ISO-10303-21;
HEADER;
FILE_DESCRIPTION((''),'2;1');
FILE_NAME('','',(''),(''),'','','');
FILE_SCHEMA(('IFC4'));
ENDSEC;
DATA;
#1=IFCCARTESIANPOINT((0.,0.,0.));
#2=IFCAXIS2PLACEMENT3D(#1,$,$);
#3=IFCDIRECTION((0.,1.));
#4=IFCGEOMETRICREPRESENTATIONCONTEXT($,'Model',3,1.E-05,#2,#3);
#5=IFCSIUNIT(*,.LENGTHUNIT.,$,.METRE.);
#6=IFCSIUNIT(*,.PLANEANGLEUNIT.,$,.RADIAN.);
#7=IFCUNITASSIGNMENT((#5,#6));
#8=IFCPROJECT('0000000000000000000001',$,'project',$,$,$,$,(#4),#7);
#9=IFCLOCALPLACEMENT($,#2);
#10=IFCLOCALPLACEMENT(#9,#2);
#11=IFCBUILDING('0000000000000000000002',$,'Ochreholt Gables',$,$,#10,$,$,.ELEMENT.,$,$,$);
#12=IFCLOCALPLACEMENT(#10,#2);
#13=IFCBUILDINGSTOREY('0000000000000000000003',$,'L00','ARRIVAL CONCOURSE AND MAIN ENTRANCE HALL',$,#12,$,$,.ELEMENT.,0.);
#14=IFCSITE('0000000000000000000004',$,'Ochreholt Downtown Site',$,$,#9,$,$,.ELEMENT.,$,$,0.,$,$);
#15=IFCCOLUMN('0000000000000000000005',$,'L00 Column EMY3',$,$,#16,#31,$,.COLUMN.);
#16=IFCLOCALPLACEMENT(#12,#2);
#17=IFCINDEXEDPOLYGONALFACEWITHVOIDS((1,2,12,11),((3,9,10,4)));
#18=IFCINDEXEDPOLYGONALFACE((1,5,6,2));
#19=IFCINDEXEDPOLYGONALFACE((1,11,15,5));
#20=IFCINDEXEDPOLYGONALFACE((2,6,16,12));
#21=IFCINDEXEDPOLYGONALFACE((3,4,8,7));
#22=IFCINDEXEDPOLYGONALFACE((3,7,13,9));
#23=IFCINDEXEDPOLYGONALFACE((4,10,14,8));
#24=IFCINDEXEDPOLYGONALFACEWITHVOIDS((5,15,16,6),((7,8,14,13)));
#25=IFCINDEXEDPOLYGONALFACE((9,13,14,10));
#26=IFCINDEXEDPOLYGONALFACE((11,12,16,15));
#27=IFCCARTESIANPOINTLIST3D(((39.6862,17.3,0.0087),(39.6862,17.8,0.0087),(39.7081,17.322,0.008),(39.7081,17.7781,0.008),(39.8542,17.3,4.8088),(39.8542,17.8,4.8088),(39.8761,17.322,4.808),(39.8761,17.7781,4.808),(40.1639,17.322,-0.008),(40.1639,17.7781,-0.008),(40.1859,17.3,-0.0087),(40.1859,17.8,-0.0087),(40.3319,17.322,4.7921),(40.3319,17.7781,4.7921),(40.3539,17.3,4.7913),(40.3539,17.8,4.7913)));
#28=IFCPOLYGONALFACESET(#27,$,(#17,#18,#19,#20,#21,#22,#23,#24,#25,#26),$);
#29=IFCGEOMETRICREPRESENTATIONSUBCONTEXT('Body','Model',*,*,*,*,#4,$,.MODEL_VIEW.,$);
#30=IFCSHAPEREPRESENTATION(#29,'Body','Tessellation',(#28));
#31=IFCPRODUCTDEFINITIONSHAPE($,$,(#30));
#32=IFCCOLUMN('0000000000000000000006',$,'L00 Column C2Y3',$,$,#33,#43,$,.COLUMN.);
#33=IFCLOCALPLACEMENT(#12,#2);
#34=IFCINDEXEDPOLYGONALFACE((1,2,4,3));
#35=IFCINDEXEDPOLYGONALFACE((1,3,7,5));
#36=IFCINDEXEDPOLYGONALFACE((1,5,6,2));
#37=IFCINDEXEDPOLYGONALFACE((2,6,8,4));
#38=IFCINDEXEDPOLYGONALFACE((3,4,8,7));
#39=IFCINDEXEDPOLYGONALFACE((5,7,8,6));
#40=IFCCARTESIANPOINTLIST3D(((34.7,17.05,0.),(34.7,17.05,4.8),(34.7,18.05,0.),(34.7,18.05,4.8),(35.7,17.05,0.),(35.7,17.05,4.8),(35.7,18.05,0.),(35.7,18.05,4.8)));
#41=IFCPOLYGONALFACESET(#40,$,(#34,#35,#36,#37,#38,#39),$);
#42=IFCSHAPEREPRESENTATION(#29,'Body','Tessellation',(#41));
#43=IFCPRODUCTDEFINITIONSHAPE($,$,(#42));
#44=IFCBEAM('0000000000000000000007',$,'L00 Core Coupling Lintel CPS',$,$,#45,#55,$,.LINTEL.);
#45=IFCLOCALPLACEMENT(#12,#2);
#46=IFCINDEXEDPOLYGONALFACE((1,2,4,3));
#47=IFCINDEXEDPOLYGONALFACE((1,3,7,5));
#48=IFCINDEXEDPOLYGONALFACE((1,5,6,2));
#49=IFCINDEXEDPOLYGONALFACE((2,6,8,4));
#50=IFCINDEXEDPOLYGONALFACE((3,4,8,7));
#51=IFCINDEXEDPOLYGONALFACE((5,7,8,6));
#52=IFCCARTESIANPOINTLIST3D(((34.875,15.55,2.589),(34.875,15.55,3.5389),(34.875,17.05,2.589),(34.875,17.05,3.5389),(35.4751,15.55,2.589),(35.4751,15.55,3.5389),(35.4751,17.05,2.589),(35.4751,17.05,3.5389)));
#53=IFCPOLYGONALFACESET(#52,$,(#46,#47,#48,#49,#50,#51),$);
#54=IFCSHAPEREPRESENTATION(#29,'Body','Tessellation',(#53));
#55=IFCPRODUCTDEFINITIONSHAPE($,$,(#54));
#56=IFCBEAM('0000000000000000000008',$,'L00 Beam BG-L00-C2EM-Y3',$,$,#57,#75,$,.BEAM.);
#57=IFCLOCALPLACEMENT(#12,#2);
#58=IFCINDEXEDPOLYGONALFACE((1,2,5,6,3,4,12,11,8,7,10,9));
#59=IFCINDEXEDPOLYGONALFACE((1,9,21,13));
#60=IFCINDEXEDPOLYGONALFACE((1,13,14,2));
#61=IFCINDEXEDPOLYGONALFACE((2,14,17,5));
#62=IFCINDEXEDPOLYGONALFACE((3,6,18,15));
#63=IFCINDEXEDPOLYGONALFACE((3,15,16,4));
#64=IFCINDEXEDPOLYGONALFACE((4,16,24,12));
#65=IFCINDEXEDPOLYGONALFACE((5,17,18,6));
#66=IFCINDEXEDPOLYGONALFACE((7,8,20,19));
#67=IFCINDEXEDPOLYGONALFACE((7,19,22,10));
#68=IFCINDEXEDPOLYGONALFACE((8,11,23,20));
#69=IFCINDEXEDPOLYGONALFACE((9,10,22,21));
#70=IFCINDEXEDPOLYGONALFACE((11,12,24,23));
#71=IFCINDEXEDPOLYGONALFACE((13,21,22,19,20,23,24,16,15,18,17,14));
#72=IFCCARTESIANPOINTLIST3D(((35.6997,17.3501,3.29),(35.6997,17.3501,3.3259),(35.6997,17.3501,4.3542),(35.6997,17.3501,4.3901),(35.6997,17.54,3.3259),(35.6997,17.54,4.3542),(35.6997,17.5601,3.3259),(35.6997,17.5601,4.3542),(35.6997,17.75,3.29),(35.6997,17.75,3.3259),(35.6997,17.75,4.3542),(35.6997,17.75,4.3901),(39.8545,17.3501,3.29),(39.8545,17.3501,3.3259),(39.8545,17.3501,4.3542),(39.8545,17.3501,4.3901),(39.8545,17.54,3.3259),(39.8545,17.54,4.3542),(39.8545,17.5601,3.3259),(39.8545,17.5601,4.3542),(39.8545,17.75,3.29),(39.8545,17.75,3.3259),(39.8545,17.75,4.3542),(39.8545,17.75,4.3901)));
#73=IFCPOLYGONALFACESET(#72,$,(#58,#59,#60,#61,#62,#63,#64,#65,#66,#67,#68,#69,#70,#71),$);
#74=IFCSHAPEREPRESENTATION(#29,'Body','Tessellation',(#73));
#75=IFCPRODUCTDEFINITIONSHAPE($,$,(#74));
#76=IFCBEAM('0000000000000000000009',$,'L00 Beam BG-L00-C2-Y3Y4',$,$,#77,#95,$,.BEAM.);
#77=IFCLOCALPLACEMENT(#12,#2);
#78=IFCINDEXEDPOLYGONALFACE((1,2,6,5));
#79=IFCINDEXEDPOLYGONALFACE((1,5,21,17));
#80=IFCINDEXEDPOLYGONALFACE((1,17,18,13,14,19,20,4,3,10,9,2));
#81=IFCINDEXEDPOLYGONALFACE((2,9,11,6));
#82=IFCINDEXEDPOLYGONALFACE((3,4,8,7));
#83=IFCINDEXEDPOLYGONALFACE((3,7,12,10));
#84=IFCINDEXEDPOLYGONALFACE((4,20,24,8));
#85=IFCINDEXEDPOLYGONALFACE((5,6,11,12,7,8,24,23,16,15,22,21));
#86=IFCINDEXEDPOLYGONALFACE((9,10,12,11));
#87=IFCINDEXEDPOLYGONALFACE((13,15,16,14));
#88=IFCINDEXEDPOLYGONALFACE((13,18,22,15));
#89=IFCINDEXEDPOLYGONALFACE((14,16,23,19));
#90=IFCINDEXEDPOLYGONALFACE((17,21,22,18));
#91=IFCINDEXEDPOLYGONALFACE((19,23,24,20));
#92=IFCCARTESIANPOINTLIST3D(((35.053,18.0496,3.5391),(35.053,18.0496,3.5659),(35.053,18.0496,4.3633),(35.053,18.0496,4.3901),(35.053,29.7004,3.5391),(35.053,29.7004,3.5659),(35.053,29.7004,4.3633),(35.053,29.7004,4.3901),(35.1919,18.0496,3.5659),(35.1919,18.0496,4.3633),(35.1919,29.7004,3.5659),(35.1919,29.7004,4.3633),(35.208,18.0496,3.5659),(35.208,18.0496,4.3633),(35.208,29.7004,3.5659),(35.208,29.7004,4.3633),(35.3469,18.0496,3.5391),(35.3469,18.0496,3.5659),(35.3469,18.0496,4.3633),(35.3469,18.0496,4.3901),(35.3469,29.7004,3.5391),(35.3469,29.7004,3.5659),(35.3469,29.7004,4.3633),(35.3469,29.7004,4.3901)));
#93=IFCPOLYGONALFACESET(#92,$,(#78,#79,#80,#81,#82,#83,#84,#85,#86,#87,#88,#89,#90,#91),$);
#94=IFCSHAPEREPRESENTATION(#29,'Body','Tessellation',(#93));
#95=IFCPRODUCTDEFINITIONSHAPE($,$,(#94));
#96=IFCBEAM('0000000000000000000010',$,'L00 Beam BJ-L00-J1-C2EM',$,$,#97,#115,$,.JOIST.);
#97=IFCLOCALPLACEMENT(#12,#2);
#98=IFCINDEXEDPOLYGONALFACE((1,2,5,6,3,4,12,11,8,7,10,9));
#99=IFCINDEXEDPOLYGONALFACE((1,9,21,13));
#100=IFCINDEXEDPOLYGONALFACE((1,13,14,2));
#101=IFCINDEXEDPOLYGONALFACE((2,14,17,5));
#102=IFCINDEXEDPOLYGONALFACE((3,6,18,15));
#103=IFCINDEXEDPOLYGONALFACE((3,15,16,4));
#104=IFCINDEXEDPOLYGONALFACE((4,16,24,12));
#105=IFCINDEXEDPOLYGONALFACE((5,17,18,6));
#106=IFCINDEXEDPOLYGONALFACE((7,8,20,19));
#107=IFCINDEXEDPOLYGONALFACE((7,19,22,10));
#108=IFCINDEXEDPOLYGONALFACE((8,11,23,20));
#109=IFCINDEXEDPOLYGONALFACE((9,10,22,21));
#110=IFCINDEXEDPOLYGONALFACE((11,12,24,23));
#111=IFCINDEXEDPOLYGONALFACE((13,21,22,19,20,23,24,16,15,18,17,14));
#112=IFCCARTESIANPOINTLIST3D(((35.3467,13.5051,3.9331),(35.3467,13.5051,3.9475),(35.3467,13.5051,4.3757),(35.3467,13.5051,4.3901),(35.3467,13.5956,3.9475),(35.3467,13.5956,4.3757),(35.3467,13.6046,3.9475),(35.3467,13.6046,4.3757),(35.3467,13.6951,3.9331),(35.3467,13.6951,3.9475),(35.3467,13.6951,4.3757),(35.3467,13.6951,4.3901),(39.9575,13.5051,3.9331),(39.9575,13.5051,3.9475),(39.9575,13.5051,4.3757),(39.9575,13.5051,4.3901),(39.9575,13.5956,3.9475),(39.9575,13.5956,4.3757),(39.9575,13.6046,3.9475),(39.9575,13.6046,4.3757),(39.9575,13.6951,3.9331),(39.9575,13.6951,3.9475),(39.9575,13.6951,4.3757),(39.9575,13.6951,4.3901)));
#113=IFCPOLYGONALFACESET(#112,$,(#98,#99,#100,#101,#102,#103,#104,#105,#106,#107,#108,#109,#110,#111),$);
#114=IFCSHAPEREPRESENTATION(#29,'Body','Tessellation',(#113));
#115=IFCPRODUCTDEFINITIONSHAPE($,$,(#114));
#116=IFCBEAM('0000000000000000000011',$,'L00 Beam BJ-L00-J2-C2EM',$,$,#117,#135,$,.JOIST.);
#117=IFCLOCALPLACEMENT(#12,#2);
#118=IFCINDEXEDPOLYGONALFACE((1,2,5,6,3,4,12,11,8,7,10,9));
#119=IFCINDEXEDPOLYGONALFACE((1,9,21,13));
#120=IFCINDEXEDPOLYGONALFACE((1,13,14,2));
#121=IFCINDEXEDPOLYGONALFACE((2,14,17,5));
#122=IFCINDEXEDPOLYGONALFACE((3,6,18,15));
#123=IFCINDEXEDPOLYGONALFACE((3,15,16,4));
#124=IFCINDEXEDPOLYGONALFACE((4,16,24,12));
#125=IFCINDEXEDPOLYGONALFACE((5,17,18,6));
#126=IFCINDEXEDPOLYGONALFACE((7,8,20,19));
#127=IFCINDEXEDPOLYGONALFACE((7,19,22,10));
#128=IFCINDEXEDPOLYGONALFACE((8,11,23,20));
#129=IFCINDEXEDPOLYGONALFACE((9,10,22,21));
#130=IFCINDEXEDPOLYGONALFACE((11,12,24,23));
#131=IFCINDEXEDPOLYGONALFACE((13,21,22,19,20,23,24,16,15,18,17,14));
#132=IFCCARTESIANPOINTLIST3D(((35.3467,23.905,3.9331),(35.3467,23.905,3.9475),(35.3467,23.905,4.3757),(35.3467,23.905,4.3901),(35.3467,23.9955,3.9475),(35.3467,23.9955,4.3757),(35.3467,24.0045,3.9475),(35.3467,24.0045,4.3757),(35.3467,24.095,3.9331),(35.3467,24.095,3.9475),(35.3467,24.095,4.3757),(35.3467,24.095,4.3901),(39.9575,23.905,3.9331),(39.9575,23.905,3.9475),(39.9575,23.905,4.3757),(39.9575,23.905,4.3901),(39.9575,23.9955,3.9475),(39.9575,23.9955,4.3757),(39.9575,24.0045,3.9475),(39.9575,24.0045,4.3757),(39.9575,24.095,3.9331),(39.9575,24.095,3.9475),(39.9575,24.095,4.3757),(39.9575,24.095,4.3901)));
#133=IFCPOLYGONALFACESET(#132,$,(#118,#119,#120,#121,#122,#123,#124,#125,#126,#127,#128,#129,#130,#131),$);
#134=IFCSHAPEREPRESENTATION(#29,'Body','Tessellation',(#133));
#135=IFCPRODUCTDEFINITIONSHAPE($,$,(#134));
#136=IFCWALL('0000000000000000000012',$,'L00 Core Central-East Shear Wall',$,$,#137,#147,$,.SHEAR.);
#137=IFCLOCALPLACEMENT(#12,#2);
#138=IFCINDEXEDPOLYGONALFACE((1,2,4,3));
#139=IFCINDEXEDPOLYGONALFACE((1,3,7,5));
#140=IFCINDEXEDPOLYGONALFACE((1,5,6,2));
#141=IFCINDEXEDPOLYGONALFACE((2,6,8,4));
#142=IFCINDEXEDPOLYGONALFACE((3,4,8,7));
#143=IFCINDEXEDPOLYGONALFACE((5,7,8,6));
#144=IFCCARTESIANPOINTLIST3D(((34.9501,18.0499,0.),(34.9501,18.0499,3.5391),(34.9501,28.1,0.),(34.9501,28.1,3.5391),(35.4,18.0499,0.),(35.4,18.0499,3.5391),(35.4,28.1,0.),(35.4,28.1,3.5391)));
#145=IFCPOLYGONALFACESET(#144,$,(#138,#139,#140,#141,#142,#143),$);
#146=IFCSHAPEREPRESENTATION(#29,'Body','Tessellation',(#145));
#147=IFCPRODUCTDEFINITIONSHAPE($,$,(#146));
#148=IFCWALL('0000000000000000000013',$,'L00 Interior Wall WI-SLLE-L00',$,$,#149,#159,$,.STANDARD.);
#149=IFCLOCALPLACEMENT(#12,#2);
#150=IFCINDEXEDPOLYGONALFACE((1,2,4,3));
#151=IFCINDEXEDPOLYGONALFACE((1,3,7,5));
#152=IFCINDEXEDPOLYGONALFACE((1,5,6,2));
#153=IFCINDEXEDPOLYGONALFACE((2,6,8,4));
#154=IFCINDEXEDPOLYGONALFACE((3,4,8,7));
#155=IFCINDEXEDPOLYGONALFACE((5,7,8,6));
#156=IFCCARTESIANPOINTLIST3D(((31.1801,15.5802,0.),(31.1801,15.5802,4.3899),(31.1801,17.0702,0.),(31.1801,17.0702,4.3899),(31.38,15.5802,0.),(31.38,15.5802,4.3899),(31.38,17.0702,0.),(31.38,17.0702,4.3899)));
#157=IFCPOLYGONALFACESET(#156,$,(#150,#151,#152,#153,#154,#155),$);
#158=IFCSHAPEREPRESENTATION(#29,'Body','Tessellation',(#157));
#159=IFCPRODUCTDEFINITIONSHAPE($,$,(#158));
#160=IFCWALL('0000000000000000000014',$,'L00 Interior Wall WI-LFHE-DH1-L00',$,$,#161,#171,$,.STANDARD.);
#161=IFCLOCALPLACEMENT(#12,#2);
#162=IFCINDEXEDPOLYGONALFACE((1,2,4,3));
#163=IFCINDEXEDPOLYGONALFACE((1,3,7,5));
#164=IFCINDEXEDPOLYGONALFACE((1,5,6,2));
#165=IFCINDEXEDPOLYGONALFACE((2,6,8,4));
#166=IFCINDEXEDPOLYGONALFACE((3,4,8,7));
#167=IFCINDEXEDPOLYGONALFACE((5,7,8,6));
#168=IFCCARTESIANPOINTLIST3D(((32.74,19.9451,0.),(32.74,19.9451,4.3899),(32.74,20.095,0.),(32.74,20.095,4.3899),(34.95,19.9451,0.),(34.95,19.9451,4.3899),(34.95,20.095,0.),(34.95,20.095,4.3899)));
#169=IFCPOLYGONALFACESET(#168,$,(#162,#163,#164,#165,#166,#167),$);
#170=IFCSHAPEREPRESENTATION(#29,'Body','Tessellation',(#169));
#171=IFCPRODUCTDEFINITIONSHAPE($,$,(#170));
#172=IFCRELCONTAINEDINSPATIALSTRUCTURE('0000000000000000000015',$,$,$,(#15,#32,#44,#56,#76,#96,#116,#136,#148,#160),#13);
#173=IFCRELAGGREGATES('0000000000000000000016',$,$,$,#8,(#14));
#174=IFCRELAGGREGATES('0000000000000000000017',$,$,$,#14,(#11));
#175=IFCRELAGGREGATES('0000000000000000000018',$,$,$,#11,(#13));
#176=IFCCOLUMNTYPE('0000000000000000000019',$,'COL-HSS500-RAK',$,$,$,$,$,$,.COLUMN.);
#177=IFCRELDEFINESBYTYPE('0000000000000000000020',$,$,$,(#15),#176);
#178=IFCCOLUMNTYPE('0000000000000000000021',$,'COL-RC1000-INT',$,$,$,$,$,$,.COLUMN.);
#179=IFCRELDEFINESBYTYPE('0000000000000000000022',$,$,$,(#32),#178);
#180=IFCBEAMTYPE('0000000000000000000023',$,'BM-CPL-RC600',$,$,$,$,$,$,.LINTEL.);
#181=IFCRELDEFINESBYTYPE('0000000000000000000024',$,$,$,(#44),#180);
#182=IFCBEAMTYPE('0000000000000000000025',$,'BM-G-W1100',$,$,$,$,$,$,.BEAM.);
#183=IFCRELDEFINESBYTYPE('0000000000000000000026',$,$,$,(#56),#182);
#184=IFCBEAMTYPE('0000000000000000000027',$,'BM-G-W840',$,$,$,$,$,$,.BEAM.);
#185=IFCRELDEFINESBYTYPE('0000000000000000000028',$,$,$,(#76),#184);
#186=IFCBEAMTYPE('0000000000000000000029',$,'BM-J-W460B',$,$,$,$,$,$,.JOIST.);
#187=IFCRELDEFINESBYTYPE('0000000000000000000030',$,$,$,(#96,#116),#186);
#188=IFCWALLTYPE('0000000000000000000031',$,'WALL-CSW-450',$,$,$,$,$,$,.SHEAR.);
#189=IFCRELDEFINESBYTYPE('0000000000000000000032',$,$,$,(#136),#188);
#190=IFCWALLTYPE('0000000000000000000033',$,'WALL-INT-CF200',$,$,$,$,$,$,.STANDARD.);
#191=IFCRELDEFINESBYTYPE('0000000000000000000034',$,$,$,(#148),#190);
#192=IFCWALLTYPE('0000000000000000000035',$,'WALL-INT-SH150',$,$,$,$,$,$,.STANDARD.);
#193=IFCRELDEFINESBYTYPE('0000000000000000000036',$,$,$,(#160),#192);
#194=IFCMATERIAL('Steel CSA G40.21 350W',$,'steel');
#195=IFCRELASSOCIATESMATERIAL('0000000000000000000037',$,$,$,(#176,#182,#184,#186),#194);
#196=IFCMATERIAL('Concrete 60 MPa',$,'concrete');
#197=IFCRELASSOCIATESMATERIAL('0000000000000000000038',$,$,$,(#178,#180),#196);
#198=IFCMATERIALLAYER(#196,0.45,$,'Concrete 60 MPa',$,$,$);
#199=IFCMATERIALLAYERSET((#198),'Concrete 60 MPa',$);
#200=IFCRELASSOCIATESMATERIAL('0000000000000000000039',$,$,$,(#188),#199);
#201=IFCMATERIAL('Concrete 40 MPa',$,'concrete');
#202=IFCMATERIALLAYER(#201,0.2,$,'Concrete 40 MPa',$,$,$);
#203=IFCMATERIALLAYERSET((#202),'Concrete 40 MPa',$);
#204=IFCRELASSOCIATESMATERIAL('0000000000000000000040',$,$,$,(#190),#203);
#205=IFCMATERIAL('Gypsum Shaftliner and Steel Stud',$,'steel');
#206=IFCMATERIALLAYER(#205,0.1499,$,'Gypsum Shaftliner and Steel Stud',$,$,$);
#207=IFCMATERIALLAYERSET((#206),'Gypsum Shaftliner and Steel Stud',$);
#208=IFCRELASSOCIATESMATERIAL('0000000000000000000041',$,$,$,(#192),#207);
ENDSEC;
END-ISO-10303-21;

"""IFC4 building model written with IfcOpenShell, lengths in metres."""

from ifc_helpers import new_model, si_unit, direction, frame, frame_2d, origin, origin_2d, place, context, subcontext, project, spatial, rectangle, hollow_rectangle, i_section, extrude, material, layer, layer_set, material_profile, profile_set, type_object, element, save


model = new_model("IFC4")

# Units and contexts
model_context = context("Model", 3, precision=1e-05, world=origin(), true_north=direction((0.0, 1.0)))
body_context = subcontext(model_context, "Body", "Model", "MODEL_VIEW")
ifc_project = project(units=[si_unit("LENGTHUNIT", "METRE"), si_unit("PLANEANGLEUNIT", "RADIAN")], contexts=[model_context])

# Site, building, storey
site_placement = place(None, origin())
site = spatial("IfcSite", under=ifc_project, at=site_placement, Name="Ochreholt Downtown Site", CompositionType="ELEMENT", RefElevation=0.0)
building_placement = place(site_placement, origin())
building = spatial("IfcBuilding", under=site, at=building_placement, Name="Ochreholt Gables", CompositionType="ELEMENT")
storey_placement = place(building_placement, origin())
storey = spatial("IfcBuildingStorey", under=building, at=storey_placement, Name="L00", Description="ARRIVAL CONCOURSE AND MAIN ENTRANCE HALL", CompositionType="ELEMENT", Elevation=0.0)

# Columns
ifc_material_1 = material(Name="Steel CSA G40.21 350W", Category="steel")
ifc_material_profile_1 = material_profile(ifc_material_1, hollow_rectangle(XDim=0.5, YDim=0.5, WallThickness=0.022, at=origin_2d()), Name="HSS500X500X22")
ifc_profile_set_1 = profile_set([ifc_material_profile_1], Name="Steel CSA G40.21 350W")
column_type_1 = type_object("IfcColumnType", Name="COL-HSS500-RAK", PredefinedType="COLUMN", material=ifc_profile_set_1)
column_1_placement = place(storey_placement, frame((39.936, 17.55, 0.0), z_axis=(0.034972, 0.0, 0.999388), x_axis=(0.0, 1.0, 0.0)))
element("IfcColumn", 1, at=column_1_placement, inside=storey, type_object=column_type_1, Name="L00 Column EMY3", PredefinedType="COLUMN", context=body_context, shape_type="SweptSolid", body=[
    extrude(hollow_rectangle(XDim=0.5, YDim=0.5, WallThickness=0.022, at=origin_2d()), origin(), (0.0, 0.0, 1.0), 4.803),
])
ifc_material_2 = material(Name="Concrete 60 MPa", Category="concrete")
ifc_material_profile_2 = material_profile(ifc_material_2, rectangle(XDim=1.0, YDim=1.0, at=origin_2d()), Name="RC1000X1000")
ifc_profile_set_2 = profile_set([ifc_material_profile_2], Name="Concrete 60 MPa")
column_type_2 = type_object("IfcColumnType", Name="COL-RC1000-INT", PredefinedType="COLUMN", material=ifc_profile_set_2)
column_2_placement = place(storey_placement, frame((35.2, 17.55, 0.0), z_axis=(0.0, 0.0, 1.0), x_axis=(1.0, 0.0, 0.0)))
element("IfcColumn", 2, at=column_2_placement, inside=storey, type_object=column_type_2, Name="L00 Column C2Y3", PredefinedType="COLUMN", context=body_context, shape_type="SweptSolid", body=[
    extrude(rectangle(XDim=1.0, YDim=1.0, at=origin_2d()), origin(), (0.0, 0.0, 1.0), 4.8),
])

# Beams
ifc_material_profile_3 = material_profile(ifc_material_2, rectangle(XDim=0.6001, YDim=0.95, at=origin_2d()), Name="RCB600X950")
ifc_profile_set_3 = profile_set([ifc_material_profile_3], Name="Concrete 60 MPa")
beam_type_1 = type_object("IfcBeamType", Name="BM-CPL-RC600", PredefinedType="LINTEL", material=ifc_profile_set_3)
beam_1_placement = place(storey_placement, frame((35.175, 15.55, 3.064), z_axis=(0.0, 1.0, 0.0), x_axis=(-1.0, 0.0, 0.0)))
element("IfcBeam", 3, at=beam_1_placement, inside=storey, type_object=beam_type_1, Name="L00 Core Coupling Lintel CPS", PredefinedType="LINTEL", context=body_context, shape_type="SweptSolid", body=[
    extrude(rectangle(XDim=0.6001, YDim=0.95, at=origin_2d()), origin(), (0.0, 0.0, 1.0), 1.5),
])
ifc_material_profile_4 = material_profile(ifc_material_1, i_section(OverallWidth=0.3999, OverallDepth=1.1001, WebThickness=0.02, FlangeThickness=0.0359, at=origin_2d()), Name="W1100X390")
ifc_profile_set_4 = profile_set([ifc_material_profile_4], Name="Steel CSA G40.21 350W")
beam_type_2 = type_object("IfcBeamType", Name="BM-G-W1100", PredefinedType="BEAM", material=ifc_profile_set_4)
beam_2_placement = place(storey_placement, frame((35.6997, 17.55, 3.8401), z_axis=(1.0, 0.0, 0.0), x_axis=(0.0, 1.0, 0.0)))
element("IfcBeam", 4, at=beam_2_placement, inside=storey, type_object=beam_type_2, Name="L00 Beam BG-L00-C2EM-Y3", PredefinedType="BEAM", context=body_context, shape_type="SweptSolid", body=[
    extrude(i_section(OverallWidth=0.3999, OverallDepth=1.1001, WebThickness=0.02, FlangeThickness=0.0359, at=origin_2d()), origin(), (0.0, 0.0, 1.0), 4.1548),
])
ifc_material_profile_5 = material_profile(ifc_material_1, i_section(OverallWidth=0.2939, OverallDepth=0.8511, WebThickness=0.0161, FlangeThickness=0.0269, at=origin_2d()), Name="W840X226")
ifc_profile_set_5 = profile_set([ifc_material_profile_5], Name="Steel CSA G40.21 350W")
beam_type_3 = type_object("IfcBeamType", Name="BM-G-W840", PredefinedType="BEAM", material=ifc_profile_set_5)
beam_3_placement = place(storey_placement, frame((35.2, 18.0496, 3.9646), z_axis=(0.0, 1.0, 0.0), x_axis=(-1.0, 0.0, 0.0)))
element("IfcBeam", 5, at=beam_3_placement, inside=storey, type_object=beam_type_3, Name="L00 Beam BG-L00-C2-Y3Y4", PredefinedType="BEAM", context=body_context, shape_type="SweptSolid", body=[
    extrude(i_section(OverallWidth=0.2939, OverallDepth=0.8511, WebThickness=0.0161, FlangeThickness=0.0269, at=origin_2d()), origin(), (0.0, 0.0, 1.0), 11.6509),
])
ifc_material_profile_6 = material_profile(ifc_material_1, i_section(OverallWidth=0.1899, OverallDepth=0.457, WebThickness=0.009, FlangeThickness=0.0144, at=origin_2d()), Name="W460X74")
ifc_profile_set_6 = profile_set([ifc_material_profile_6], Name="Steel CSA G40.21 350W")
beam_type_4 = type_object("IfcBeamType", Name="BM-J-W460B", PredefinedType="JOIST", material=ifc_profile_set_6)
for number, where, z_axis, x_axis, name in (
    (6, (35.3467, 13.6001, 4.1616), (1.0, 0.0, 0.0), (0.0, 1.0, 0.0), "L00 Beam BJ-L00-J1-C2EM"),
    (7, (35.3467, 24.0, 4.1616), (1.0, 0.0, 0.0), (0.0, 1.0, 0.0), "L00 Beam BJ-L00-J2-C2EM"),
):
    element("IfcBeam", number, at=place(storey_placement, frame(where, z_axis=z_axis, x_axis=x_axis)), inside=storey, type_object=beam_type_4, Name=name, PredefinedType="JOIST", context=body_context, shape_type="SweptSolid", body=[
        extrude(i_section(OverallWidth=0.1899, OverallDepth=0.457, WebThickness=0.009, FlangeThickness=0.0144, at=origin_2d()), origin(), (0.0, 0.0, 1.0), 4.6108),
    ])

# Wall
ifc_layer_1 = layer(ifc_material_2, 0.45, Name="Concrete 60 MPa")
ifc_layer_set_1 = layer_set([ifc_layer_1], Name="Concrete 60 MPa")
wall_type_1 = type_object("IfcWallType", Name="WALL-CSW-450", PredefinedType="SHEAR", material=ifc_layer_set_1)
wall_1_placement = place(storey_placement, frame((35.175, 18.05, 0.0), z_axis=(0.0, 0.0, 1.0), x_axis=(0.0, 1.0, 0.0)))
element("IfcWall", 8, at=wall_1_placement, inside=storey, type_object=wall_type_1, Name="L00 Core Central-East Shear Wall", PredefinedType="SHEAR", context=body_context, shape_type="SweptSolid", body=[
    extrude(rectangle(XDim=10.05, YDim=0.45, at=frame_2d((5.0249, 0.0))), origin(), (0.0, 0.0, 1.0), 3.5391),
])

# Shared definitions
ifc_material_3 = material(Name="Concrete 40 MPa", Category="concrete")
ifc_layer_2 = layer(ifc_material_3, 0.2, Name="Concrete 40 MPa")
ifc_layer_set_2 = layer_set([ifc_layer_2], Name="Concrete 40 MPa")
wall_type_2 = type_object("IfcWallType", Name="WALL-INT-CF200", PredefinedType="STANDARD", material=ifc_layer_set_2)

# Wall
wall_2_placement = place(storey_placement, frame((31.28, 15.5801, 0.0), z_axis=(0.0, 0.0, 1.0), x_axis=(0.0, 1.0, 0.0)))
element("IfcWall", 9, at=wall_2_placement, inside=storey, type_object=wall_type_2, Name="L00 Interior Wall WI-SLLE-L00", PredefinedType="STANDARD", context=body_context, shape_type="SweptSolid", body=[
    extrude(rectangle(XDim=1.49, YDim=0.2, at=frame_2d((0.7451, 0.0))), origin(), (0.0, 0.0, 1.0), 4.3899),
])

# Wall
ifc_material_4 = material(Name="Gypsum Shaftliner and Steel Stud", Category="steel")
ifc_layer_3 = layer(ifc_material_4, 0.1499, Name="Gypsum Shaftliner and Steel Stud")
ifc_layer_set_3 = layer_set([ifc_layer_3], Name="Gypsum Shaftliner and Steel Stud")
wall_type_3 = type_object("IfcWallType", Name="WALL-INT-SH150", PredefinedType="STANDARD", material=ifc_layer_set_3)
for number, where, z_axis, x_axis, name in (
    (10, (32.74, 20.02, 0.0), (0.0, 0.0, 1.0), (1.0, 0.0, 0.0), "L00 Interior Wall WI-LFHE-DH1-L00"),
):
    element("IfcWall", number, at=place(storey_placement, frame(where, z_axis=z_axis, x_axis=x_axis)), inside=storey, type_object=wall_type_3, Name=name, PredefinedType="STANDARD", context=body_context, shape_type="SweptSolid", body=[
        extrude(rectangle(XDim=2.21, YDim=0.1499, at=frame_2d((1.105, 0.0))), origin(), (0.0, 0.0, 1.0), 4.3899),
    ])

save(model, "model.ifc")
